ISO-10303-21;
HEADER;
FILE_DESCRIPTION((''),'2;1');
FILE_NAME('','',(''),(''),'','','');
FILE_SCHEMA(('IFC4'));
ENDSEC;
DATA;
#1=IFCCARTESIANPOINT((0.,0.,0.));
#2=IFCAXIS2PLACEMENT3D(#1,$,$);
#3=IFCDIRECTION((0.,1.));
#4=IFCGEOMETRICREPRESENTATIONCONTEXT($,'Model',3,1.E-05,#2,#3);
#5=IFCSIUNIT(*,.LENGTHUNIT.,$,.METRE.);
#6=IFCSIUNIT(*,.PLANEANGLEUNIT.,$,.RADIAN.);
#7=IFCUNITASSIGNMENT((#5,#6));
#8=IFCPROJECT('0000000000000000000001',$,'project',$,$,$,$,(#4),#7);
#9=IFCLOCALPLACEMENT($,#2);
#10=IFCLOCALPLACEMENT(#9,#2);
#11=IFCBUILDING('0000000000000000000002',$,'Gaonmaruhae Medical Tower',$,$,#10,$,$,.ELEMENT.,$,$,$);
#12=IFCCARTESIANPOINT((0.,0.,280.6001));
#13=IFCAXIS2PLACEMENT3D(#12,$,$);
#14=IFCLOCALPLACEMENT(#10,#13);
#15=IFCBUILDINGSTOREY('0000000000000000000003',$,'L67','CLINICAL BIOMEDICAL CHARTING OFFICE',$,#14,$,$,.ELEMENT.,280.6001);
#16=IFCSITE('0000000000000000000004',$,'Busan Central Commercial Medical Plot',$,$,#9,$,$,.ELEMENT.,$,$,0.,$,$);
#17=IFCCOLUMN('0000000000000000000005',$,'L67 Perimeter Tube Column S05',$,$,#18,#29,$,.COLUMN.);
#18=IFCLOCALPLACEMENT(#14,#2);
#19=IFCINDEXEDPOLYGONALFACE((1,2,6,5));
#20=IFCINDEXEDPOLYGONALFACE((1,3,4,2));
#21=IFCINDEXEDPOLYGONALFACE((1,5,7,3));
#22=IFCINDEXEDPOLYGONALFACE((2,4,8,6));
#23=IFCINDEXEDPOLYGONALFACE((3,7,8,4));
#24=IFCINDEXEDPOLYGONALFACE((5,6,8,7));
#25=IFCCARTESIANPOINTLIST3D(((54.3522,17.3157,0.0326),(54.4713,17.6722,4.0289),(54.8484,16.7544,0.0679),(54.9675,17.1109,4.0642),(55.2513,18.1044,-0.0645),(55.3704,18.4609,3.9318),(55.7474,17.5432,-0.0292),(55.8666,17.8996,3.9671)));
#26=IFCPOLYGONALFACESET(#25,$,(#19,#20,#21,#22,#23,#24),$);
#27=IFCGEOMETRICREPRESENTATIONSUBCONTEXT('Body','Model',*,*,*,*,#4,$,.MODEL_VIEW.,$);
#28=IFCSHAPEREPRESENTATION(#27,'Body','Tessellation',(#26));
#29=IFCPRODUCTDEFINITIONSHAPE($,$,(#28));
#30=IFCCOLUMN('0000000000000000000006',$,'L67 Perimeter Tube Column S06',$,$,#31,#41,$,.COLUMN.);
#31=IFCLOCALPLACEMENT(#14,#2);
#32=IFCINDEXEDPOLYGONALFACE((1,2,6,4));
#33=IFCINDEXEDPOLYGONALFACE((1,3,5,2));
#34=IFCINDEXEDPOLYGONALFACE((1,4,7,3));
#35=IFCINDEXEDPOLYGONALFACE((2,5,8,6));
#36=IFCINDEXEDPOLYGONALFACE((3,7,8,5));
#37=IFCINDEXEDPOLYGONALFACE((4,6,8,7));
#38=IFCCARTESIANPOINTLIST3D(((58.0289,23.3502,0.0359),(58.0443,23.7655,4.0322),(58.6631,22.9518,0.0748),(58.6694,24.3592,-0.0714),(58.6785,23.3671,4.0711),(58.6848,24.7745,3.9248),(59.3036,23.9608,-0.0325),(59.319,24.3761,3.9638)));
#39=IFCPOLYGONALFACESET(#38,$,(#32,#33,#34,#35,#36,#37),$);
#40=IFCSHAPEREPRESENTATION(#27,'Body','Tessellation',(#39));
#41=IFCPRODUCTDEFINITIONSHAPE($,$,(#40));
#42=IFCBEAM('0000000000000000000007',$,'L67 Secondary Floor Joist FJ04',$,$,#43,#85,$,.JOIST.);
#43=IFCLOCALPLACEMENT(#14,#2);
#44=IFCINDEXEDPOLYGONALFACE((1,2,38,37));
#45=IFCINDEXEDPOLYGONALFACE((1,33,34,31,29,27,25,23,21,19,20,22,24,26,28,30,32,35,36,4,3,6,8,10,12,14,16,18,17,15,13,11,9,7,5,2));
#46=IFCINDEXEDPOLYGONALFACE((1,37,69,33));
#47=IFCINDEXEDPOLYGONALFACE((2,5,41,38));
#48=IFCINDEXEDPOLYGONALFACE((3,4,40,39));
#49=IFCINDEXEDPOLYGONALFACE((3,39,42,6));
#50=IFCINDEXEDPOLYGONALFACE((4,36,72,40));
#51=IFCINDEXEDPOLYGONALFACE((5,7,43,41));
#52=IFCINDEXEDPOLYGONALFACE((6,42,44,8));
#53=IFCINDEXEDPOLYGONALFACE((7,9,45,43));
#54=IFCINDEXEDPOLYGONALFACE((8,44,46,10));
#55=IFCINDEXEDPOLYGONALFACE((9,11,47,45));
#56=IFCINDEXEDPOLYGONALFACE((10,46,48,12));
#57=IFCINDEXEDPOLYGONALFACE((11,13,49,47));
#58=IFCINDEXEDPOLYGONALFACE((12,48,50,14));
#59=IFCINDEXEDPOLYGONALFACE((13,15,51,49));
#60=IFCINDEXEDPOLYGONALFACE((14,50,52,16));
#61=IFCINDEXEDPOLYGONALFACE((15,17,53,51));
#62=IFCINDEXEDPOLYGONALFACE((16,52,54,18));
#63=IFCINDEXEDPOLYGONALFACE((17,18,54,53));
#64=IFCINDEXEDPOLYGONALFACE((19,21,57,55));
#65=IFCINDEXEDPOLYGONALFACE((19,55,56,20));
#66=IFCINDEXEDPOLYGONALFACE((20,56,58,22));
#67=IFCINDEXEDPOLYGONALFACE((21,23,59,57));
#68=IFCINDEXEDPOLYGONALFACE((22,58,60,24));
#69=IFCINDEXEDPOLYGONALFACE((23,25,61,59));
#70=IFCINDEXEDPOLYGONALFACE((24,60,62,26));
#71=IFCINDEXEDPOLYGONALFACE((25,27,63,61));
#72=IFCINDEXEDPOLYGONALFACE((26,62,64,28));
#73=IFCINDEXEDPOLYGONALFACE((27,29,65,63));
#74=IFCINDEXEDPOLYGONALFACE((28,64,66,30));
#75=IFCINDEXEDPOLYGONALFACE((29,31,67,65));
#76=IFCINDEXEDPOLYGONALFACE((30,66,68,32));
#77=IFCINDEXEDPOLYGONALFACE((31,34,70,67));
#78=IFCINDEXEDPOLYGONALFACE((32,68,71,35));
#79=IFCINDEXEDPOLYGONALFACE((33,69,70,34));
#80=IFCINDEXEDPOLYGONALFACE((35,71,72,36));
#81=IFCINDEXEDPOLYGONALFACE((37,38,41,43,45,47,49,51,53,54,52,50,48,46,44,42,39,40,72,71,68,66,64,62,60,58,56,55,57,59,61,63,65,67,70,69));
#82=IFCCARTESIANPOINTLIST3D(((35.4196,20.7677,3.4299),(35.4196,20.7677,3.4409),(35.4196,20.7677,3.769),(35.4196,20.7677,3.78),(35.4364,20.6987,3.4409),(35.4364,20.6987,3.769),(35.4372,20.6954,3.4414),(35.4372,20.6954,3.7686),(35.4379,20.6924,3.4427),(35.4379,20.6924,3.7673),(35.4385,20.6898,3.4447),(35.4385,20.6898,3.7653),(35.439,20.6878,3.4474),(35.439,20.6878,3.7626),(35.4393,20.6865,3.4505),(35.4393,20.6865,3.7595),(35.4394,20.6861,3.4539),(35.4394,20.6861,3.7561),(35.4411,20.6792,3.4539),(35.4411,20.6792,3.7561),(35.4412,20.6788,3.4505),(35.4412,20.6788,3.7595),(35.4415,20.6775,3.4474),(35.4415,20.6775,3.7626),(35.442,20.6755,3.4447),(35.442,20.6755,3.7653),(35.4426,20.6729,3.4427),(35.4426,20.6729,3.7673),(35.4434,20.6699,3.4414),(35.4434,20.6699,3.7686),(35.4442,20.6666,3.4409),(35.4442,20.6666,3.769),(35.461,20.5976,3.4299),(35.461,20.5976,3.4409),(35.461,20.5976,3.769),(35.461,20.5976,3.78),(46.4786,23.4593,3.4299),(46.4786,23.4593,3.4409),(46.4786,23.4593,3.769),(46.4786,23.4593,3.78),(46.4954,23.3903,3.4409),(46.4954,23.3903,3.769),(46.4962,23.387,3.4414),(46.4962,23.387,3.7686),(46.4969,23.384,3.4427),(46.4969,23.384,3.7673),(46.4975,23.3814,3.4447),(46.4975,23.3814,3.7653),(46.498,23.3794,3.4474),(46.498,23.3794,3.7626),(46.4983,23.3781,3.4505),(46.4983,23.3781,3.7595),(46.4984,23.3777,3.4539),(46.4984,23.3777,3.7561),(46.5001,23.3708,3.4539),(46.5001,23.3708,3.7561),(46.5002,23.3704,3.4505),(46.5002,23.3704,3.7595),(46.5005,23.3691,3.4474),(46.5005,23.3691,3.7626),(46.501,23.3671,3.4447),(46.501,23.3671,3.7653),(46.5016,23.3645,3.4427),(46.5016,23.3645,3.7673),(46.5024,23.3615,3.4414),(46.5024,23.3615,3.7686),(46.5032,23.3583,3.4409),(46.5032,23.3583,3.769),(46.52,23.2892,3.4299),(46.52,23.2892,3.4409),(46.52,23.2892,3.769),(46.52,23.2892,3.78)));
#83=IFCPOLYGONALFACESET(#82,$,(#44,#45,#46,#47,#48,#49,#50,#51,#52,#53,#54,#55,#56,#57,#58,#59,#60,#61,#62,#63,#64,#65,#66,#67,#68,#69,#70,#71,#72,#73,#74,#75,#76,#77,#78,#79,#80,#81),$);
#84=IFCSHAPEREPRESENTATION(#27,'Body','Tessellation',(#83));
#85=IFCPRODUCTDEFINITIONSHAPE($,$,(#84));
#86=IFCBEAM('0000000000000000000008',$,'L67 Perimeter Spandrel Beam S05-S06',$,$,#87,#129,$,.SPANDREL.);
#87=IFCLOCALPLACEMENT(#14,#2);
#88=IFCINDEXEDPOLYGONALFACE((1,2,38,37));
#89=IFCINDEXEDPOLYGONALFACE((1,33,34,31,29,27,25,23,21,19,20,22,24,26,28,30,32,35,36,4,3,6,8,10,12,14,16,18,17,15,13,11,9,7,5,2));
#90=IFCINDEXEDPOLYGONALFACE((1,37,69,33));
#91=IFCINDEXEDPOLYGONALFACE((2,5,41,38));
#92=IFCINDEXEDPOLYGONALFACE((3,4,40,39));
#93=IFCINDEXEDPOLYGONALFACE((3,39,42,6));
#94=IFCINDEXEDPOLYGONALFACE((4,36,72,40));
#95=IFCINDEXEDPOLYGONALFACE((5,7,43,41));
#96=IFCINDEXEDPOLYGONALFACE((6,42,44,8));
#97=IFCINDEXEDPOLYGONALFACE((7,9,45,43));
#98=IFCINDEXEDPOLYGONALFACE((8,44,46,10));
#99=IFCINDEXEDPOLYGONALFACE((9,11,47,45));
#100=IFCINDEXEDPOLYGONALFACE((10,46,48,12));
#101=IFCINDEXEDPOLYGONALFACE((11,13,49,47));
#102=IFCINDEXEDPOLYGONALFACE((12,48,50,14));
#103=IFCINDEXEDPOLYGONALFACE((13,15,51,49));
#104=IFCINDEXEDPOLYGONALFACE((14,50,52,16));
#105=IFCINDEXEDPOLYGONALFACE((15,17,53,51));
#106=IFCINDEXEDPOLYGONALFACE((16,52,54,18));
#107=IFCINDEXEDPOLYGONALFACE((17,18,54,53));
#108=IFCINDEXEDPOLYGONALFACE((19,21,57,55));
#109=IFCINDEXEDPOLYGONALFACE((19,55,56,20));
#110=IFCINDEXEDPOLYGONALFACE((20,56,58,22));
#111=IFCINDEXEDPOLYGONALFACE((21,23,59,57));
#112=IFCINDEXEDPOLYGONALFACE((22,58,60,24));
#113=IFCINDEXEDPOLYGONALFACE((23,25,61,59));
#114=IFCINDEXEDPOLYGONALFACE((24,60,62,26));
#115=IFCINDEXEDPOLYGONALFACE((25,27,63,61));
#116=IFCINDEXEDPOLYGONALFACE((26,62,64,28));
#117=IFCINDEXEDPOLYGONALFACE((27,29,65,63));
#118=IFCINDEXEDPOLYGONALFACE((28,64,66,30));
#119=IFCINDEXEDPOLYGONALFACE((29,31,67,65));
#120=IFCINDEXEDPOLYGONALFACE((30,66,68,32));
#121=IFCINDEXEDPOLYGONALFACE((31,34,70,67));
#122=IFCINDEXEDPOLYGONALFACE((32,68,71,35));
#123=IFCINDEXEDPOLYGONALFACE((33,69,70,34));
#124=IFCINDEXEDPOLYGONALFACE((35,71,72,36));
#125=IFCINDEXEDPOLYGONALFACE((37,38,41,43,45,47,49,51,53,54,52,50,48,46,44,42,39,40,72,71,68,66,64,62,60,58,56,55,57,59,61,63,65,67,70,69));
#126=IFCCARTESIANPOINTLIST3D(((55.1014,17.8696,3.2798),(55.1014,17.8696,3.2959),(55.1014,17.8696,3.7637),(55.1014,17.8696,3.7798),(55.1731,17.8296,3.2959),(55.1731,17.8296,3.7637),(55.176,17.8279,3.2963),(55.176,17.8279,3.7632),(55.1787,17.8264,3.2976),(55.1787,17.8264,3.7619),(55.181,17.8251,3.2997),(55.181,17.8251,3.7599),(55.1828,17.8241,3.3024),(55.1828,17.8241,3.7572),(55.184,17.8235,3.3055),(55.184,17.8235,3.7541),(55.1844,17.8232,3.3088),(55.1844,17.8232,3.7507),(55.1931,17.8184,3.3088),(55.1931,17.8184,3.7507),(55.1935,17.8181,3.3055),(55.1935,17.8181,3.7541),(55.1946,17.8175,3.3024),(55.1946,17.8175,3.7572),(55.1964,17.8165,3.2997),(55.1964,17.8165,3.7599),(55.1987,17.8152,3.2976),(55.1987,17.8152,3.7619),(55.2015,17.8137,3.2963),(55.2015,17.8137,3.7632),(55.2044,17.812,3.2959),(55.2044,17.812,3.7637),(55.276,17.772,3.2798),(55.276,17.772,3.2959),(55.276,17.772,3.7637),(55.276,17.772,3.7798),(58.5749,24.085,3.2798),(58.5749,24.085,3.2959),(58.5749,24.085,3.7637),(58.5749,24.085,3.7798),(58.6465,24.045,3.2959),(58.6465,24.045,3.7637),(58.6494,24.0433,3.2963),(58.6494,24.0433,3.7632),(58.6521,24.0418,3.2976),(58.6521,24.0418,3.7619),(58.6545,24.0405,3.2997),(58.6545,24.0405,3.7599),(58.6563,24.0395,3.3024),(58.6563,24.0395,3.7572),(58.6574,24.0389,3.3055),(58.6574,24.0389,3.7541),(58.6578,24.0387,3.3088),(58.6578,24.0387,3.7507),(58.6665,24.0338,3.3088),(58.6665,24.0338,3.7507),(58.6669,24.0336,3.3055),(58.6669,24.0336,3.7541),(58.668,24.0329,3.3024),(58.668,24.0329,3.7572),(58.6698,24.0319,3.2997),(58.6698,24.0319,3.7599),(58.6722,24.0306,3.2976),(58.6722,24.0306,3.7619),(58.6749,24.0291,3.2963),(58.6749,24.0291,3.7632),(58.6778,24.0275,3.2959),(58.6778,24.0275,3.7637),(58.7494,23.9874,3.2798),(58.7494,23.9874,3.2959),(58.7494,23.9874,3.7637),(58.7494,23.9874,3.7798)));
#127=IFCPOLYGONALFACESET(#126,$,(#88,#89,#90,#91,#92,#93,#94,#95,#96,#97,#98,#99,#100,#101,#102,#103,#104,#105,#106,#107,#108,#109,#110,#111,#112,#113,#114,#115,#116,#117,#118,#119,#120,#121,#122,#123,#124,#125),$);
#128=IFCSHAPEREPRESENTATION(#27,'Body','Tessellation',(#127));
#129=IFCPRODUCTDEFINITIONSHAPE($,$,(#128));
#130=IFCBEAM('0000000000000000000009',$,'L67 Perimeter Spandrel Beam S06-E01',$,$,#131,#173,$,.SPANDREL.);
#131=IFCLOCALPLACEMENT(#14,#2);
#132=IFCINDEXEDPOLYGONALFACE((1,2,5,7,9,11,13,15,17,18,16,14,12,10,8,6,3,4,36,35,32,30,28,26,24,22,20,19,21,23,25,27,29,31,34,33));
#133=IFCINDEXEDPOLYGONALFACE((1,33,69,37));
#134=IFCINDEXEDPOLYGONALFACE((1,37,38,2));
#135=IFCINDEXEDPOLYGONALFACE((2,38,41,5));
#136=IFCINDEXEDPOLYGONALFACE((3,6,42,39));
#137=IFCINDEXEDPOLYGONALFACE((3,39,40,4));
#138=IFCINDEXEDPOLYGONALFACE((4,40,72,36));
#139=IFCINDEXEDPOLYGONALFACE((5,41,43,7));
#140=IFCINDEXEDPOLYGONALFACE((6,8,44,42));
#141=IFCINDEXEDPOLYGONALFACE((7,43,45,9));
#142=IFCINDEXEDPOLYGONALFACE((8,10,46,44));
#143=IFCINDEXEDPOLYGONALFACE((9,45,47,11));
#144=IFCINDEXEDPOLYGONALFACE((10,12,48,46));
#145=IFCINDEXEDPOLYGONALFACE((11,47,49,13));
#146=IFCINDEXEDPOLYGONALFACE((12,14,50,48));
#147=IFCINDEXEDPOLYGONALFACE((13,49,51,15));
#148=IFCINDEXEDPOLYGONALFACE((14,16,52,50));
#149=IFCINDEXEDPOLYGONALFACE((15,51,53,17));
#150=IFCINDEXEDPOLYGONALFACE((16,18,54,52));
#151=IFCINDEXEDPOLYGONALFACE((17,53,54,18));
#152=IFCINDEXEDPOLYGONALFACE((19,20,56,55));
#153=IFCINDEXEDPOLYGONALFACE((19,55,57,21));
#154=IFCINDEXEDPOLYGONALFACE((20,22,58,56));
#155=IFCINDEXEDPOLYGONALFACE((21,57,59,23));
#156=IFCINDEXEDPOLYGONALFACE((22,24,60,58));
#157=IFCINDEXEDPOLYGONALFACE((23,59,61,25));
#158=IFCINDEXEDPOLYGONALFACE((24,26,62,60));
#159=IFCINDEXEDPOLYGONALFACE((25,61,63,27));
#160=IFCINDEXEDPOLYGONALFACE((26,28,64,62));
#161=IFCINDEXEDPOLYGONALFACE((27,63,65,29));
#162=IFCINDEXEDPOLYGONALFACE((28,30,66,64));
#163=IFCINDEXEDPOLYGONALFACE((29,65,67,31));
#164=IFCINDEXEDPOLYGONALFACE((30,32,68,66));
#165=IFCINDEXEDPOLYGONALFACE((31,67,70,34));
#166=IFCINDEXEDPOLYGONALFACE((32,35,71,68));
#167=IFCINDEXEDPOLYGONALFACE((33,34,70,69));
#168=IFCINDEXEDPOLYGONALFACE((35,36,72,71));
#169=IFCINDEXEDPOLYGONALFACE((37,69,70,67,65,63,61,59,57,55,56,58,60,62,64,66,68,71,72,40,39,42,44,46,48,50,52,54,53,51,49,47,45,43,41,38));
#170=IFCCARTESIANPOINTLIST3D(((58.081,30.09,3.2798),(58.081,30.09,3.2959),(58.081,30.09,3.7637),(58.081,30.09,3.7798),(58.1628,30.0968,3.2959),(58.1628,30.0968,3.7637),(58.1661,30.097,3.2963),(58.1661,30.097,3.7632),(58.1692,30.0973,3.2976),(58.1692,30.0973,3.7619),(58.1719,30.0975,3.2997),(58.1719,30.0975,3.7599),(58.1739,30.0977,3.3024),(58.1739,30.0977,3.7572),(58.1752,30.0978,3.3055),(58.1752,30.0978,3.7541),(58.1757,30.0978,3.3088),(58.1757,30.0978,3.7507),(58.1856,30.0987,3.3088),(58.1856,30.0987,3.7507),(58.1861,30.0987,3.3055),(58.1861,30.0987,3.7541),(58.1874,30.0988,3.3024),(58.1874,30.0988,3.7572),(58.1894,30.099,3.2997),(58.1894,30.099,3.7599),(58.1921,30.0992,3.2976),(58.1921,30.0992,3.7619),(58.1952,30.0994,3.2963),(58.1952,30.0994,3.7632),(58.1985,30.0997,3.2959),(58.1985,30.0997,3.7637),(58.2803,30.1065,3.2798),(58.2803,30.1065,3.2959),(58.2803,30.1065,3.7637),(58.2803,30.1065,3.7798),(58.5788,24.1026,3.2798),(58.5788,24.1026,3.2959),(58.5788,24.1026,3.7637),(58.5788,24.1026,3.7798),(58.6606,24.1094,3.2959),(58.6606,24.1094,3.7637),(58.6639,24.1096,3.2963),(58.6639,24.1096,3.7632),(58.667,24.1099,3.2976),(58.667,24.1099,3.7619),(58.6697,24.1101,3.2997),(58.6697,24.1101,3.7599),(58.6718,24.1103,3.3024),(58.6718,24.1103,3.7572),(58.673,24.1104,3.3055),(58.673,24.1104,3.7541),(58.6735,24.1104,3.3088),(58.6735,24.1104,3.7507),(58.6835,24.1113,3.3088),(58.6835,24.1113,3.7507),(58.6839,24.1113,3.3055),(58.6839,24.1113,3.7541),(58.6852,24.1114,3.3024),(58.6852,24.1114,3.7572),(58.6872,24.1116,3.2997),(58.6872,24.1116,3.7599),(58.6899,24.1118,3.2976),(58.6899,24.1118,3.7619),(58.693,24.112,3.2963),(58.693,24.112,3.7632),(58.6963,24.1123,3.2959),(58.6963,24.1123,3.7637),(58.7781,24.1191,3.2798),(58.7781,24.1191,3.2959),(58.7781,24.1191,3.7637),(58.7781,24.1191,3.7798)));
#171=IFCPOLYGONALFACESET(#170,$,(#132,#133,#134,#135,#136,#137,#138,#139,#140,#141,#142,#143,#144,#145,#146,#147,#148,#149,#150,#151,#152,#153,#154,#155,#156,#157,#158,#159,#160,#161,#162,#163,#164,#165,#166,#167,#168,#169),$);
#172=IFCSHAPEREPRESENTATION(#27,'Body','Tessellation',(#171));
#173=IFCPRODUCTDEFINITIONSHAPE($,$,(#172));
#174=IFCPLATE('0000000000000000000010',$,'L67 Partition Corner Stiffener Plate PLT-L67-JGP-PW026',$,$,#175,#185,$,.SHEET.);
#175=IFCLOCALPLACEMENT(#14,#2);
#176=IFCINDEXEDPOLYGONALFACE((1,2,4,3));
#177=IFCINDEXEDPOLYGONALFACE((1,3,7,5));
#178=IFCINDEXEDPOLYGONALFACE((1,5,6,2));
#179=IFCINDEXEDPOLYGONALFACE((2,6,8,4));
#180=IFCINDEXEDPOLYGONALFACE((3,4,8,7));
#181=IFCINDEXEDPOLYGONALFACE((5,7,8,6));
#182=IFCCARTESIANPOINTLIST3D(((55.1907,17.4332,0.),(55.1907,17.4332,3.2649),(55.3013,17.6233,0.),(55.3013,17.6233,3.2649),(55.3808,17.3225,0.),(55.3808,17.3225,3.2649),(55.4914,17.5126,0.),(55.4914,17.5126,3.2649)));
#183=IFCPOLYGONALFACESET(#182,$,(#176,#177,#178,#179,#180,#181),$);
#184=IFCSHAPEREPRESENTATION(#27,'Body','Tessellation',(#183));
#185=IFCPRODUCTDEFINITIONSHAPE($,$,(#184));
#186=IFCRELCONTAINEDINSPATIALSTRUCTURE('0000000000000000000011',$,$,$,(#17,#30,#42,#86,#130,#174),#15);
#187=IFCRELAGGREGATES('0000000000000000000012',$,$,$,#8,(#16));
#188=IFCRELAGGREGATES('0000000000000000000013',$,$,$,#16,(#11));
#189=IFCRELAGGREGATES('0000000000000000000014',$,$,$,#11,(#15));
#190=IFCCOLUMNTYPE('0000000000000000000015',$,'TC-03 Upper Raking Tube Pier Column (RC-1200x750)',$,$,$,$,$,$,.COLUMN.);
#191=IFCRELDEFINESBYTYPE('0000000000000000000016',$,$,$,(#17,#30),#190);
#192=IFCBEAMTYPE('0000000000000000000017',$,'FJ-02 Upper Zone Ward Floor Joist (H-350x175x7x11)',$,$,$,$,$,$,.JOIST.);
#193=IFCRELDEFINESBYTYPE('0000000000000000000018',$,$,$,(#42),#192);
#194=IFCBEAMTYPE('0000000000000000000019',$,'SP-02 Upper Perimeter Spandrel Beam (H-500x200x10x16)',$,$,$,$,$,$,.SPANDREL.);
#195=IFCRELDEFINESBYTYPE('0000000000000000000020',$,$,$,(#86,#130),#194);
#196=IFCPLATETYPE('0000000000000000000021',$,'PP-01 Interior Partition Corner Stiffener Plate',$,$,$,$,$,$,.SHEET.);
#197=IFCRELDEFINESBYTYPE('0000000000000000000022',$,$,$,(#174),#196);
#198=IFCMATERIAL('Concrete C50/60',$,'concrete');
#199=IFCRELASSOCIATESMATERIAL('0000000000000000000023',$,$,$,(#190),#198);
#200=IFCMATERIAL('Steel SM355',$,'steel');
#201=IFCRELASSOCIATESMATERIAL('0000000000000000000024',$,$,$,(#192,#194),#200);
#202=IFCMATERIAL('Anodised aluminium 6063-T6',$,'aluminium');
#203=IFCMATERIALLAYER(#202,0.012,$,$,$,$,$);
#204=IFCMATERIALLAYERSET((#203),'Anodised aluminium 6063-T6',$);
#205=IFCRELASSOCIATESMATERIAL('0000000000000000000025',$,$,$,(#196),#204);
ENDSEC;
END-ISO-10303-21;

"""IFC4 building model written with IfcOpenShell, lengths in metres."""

from ifc_helpers import new_model, si_unit, direction, frame, origin, origin_2d, place, context, subcontext, project, spatial, rectangle, i_section, extrude, material, layer, layer_set, material_profile, profile_set, type_object, element, save


model = new_model("IFC4")

# Units and contexts
model_context = context("Model", 3, precision=1e-05, world=origin(), true_north=direction((0.0, 1.0)))
body_context = subcontext(model_context, "Body", "Model", "MODEL_VIEW")
ifc_project = project(units=[si_unit("LENGTHUNIT", "METRE"), si_unit("PLANEANGLEUNIT", "RADIAN")], contexts=[model_context])

# Site, building, storey
site_placement = place(None, origin())
site = spatial("IfcSite", under=ifc_project, at=site_placement, Name="Busan Central Commercial Medical Plot", CompositionType="ELEMENT", RefElevation=0.0)
building_placement = place(site_placement, origin())
building = spatial("IfcBuilding", under=site, at=building_placement, Name="Gaonmaruhae Medical Tower", CompositionType="ELEMENT")
storey_placement = place(building_placement, frame((0.0, 0.0, 280.6001)))
storey = spatial("IfcBuildingStorey", under=building, at=storey_placement, Name="L67", Description="CLINICAL BIOMEDICAL CHARTING OFFICE", CompositionType="ELEMENT", Elevation=280.6001)

# Columns
ifc_material_1 = material(Name="Concrete C50/60", Category="concrete")
ifc_material_profile_1 = material_profile(ifc_material_1, rectangle(XDim=1.2, YDim=0.75, at=origin_2d()), Name="RC-1200x750")
ifc_profile_set_1 = profile_set([ifc_material_profile_1], Name="Concrete C50/60")
column_type = type_object("IfcColumnType", Name="TC-03 Upper Raking Tube Pier Column (RC-1200x750)", PredefinedType="COLUMN", material=ifc_profile_set_1)
column_1_placement = place(storey_placement, frame((55.0498, 17.4294, 0.0017), z_axis=(0.029681, 0.088801, 0.995607), x_axis=(-0.749276, -0.65729, 0.080963)))
element("IfcColumn", 1, at=column_1_placement, inside=storey, type_object=column_type, Name="L67 Perimeter Tube Column S05", PredefinedType="COLUMN", context=body_context, shape_type="SweptSolid", body=[
    extrude(rectangle(XDim=1.2, YDim=0.75, at=origin_2d()), origin(), (0.0, 0.0, 1.0), 4.0139),
])
column_2_placement = place(storey_placement, frame((58.6663, 23.6555, 0.0017), z_axis=(0.003828, 0.103359, 0.994637), x_axis=(-0.533754, -0.840897, 0.089437)))
element("IfcColumn", 2, at=column_2_placement, inside=storey, type_object=column_type, Name="L67 Perimeter Tube Column S06", PredefinedType="COLUMN", context=body_context, shape_type="SweptSolid", body=[
    extrude(rectangle(XDim=1.2, YDim=0.75, at=origin_2d()), origin(), (0.0, 0.0, 1.0), 4.0178),
])

# Beams
ifc_material_2 = material(Name="Steel SM355", Category="steel")
ifc_material_profile_2 = material_profile(ifc_material_2, i_section(OverallWidth=0.175, OverallDepth=0.3501, WebThickness=0.0071, FlangeThickness=0.011, FilletRadius=0.0129, at=origin_2d()), Name="H-350x175x7x11")
ifc_profile_set_2 = profile_set([ifc_material_profile_2], Name="Steel SM355")
beam_type_1 = type_object("IfcBeamType", Name="FJ-02 Upper Zone Ward Floor Joist (H-350x175x7x11)", PredefinedType="JOIST", material=ifc_profile_set_2)
beam_1_placement = place(storey_placement, frame((46.4993, 23.3743, 3.605), z_axis=(-0.971635, -0.236485, 0.0), x_axis=(0.236485, -0.971635, 0.0)))
element("IfcBeam", 3, at=beam_1_placement, inside=storey, type_object=beam_type_1, Name="L67 Secondary Floor Joist FJ04", PredefinedType="JOIST", context=body_context, shape_type="SweptSolid", body=[
    extrude(i_section(OverallWidth=0.175, OverallDepth=0.3501, WebThickness=0.0071, FlangeThickness=0.011, FilletRadius=0.0129, at=origin_2d()), origin(), (0.0, 0.0, 1.0), 11.3818),
])
ifc_material_profile_3 = material_profile(ifc_material_2, i_section(OverallWidth=0.2, OverallDepth=0.5, WebThickness=0.01, FlangeThickness=0.0161, FilletRadius=0.0129, at=origin_2d()), Name="H-500x200x10x16")
ifc_profile_set_3 = profile_set([ifc_material_profile_3], Name="Steel SM355")
beam_type_2 = type_object("IfcBeamType", Name="SP-02 Upper Perimeter Spandrel Beam (H-500x200x10x16)", PredefinedType="SPANDREL", material=ifc_profile_set_3)
beam_2_placement = place(storey_placement, frame((55.1887, 17.8208, 3.5298), z_axis=(0.487834, 0.872937, 0.0), x_axis=(-0.872937, 0.487834, 0.0)))
element("IfcBeam", 4, at=beam_2_placement, inside=storey, type_object=beam_type_2, Name="L67 Perimeter Spandrel Beam S05-S06", PredefinedType="SPANDREL", context=body_context, shape_type="SweptSolid", body=[
    extrude(i_section(OverallWidth=0.2, OverallDepth=0.5, WebThickness=0.01, FlangeThickness=0.0161, FilletRadius=0.0129, at=origin_2d()), origin(), (0.0, 0.0, 1.0), 7.1201),
])
beam_3_placement = place(storey_placement, frame((58.6785, 24.1108, 3.5298), z_axis=(-0.082857, 0.996561, 0.0), x_axis=(-0.996561, -0.082857, 0.0)))
element("IfcBeam", 5, at=beam_3_placement, inside=storey, type_object=beam_type_2, Name="L67 Perimeter Spandrel Beam S06-E01", PredefinedType="SPANDREL", context=body_context, shape_type="SweptSolid", body=[
    extrude(i_section(OverallWidth=0.2, OverallDepth=0.5, WebThickness=0.01, FlangeThickness=0.0161, FilletRadius=0.0129, at=origin_2d()), origin(), (0.0, 0.0, 1.0), 6.0081),
])

# Plate
ifc_material_3 = material(Name="Anodised aluminium 6063-T6", Category="aluminium")
ifc_layer_1 = layer(ifc_material_3, 0.012)
ifc_layer_set_1 = layer_set([ifc_layer_1], Name="Anodised aluminium 6063-T6")
plate_type = type_object("IfcPlateType", Name="PP-01 Interior Partition Corner Stiffener Plate", PredefinedType="SHEET", material=ifc_layer_set_1)
plate_placement = place(storey_placement, frame((55.3411, 17.4729, 0.0), z_axis=(0.0, 0.0, 1.0), x_axis=(-0.502929, -0.864327, 0.0)))
element("IfcPlate", 6, at=plate_placement, inside=storey, type_object=plate_type, Name="L67 Partition Corner Stiffener Plate PLT-L67-JGP-PW026", PredefinedType="SHEET", context=body_context, shape_type="SweptSolid", body=[
    extrude(rectangle(XDim=0.22, YDim=0.22, at=origin_2d()), origin(), (0.0, 0.0, 1.0), 3.2649),
])

save(model, "model.ifc")
